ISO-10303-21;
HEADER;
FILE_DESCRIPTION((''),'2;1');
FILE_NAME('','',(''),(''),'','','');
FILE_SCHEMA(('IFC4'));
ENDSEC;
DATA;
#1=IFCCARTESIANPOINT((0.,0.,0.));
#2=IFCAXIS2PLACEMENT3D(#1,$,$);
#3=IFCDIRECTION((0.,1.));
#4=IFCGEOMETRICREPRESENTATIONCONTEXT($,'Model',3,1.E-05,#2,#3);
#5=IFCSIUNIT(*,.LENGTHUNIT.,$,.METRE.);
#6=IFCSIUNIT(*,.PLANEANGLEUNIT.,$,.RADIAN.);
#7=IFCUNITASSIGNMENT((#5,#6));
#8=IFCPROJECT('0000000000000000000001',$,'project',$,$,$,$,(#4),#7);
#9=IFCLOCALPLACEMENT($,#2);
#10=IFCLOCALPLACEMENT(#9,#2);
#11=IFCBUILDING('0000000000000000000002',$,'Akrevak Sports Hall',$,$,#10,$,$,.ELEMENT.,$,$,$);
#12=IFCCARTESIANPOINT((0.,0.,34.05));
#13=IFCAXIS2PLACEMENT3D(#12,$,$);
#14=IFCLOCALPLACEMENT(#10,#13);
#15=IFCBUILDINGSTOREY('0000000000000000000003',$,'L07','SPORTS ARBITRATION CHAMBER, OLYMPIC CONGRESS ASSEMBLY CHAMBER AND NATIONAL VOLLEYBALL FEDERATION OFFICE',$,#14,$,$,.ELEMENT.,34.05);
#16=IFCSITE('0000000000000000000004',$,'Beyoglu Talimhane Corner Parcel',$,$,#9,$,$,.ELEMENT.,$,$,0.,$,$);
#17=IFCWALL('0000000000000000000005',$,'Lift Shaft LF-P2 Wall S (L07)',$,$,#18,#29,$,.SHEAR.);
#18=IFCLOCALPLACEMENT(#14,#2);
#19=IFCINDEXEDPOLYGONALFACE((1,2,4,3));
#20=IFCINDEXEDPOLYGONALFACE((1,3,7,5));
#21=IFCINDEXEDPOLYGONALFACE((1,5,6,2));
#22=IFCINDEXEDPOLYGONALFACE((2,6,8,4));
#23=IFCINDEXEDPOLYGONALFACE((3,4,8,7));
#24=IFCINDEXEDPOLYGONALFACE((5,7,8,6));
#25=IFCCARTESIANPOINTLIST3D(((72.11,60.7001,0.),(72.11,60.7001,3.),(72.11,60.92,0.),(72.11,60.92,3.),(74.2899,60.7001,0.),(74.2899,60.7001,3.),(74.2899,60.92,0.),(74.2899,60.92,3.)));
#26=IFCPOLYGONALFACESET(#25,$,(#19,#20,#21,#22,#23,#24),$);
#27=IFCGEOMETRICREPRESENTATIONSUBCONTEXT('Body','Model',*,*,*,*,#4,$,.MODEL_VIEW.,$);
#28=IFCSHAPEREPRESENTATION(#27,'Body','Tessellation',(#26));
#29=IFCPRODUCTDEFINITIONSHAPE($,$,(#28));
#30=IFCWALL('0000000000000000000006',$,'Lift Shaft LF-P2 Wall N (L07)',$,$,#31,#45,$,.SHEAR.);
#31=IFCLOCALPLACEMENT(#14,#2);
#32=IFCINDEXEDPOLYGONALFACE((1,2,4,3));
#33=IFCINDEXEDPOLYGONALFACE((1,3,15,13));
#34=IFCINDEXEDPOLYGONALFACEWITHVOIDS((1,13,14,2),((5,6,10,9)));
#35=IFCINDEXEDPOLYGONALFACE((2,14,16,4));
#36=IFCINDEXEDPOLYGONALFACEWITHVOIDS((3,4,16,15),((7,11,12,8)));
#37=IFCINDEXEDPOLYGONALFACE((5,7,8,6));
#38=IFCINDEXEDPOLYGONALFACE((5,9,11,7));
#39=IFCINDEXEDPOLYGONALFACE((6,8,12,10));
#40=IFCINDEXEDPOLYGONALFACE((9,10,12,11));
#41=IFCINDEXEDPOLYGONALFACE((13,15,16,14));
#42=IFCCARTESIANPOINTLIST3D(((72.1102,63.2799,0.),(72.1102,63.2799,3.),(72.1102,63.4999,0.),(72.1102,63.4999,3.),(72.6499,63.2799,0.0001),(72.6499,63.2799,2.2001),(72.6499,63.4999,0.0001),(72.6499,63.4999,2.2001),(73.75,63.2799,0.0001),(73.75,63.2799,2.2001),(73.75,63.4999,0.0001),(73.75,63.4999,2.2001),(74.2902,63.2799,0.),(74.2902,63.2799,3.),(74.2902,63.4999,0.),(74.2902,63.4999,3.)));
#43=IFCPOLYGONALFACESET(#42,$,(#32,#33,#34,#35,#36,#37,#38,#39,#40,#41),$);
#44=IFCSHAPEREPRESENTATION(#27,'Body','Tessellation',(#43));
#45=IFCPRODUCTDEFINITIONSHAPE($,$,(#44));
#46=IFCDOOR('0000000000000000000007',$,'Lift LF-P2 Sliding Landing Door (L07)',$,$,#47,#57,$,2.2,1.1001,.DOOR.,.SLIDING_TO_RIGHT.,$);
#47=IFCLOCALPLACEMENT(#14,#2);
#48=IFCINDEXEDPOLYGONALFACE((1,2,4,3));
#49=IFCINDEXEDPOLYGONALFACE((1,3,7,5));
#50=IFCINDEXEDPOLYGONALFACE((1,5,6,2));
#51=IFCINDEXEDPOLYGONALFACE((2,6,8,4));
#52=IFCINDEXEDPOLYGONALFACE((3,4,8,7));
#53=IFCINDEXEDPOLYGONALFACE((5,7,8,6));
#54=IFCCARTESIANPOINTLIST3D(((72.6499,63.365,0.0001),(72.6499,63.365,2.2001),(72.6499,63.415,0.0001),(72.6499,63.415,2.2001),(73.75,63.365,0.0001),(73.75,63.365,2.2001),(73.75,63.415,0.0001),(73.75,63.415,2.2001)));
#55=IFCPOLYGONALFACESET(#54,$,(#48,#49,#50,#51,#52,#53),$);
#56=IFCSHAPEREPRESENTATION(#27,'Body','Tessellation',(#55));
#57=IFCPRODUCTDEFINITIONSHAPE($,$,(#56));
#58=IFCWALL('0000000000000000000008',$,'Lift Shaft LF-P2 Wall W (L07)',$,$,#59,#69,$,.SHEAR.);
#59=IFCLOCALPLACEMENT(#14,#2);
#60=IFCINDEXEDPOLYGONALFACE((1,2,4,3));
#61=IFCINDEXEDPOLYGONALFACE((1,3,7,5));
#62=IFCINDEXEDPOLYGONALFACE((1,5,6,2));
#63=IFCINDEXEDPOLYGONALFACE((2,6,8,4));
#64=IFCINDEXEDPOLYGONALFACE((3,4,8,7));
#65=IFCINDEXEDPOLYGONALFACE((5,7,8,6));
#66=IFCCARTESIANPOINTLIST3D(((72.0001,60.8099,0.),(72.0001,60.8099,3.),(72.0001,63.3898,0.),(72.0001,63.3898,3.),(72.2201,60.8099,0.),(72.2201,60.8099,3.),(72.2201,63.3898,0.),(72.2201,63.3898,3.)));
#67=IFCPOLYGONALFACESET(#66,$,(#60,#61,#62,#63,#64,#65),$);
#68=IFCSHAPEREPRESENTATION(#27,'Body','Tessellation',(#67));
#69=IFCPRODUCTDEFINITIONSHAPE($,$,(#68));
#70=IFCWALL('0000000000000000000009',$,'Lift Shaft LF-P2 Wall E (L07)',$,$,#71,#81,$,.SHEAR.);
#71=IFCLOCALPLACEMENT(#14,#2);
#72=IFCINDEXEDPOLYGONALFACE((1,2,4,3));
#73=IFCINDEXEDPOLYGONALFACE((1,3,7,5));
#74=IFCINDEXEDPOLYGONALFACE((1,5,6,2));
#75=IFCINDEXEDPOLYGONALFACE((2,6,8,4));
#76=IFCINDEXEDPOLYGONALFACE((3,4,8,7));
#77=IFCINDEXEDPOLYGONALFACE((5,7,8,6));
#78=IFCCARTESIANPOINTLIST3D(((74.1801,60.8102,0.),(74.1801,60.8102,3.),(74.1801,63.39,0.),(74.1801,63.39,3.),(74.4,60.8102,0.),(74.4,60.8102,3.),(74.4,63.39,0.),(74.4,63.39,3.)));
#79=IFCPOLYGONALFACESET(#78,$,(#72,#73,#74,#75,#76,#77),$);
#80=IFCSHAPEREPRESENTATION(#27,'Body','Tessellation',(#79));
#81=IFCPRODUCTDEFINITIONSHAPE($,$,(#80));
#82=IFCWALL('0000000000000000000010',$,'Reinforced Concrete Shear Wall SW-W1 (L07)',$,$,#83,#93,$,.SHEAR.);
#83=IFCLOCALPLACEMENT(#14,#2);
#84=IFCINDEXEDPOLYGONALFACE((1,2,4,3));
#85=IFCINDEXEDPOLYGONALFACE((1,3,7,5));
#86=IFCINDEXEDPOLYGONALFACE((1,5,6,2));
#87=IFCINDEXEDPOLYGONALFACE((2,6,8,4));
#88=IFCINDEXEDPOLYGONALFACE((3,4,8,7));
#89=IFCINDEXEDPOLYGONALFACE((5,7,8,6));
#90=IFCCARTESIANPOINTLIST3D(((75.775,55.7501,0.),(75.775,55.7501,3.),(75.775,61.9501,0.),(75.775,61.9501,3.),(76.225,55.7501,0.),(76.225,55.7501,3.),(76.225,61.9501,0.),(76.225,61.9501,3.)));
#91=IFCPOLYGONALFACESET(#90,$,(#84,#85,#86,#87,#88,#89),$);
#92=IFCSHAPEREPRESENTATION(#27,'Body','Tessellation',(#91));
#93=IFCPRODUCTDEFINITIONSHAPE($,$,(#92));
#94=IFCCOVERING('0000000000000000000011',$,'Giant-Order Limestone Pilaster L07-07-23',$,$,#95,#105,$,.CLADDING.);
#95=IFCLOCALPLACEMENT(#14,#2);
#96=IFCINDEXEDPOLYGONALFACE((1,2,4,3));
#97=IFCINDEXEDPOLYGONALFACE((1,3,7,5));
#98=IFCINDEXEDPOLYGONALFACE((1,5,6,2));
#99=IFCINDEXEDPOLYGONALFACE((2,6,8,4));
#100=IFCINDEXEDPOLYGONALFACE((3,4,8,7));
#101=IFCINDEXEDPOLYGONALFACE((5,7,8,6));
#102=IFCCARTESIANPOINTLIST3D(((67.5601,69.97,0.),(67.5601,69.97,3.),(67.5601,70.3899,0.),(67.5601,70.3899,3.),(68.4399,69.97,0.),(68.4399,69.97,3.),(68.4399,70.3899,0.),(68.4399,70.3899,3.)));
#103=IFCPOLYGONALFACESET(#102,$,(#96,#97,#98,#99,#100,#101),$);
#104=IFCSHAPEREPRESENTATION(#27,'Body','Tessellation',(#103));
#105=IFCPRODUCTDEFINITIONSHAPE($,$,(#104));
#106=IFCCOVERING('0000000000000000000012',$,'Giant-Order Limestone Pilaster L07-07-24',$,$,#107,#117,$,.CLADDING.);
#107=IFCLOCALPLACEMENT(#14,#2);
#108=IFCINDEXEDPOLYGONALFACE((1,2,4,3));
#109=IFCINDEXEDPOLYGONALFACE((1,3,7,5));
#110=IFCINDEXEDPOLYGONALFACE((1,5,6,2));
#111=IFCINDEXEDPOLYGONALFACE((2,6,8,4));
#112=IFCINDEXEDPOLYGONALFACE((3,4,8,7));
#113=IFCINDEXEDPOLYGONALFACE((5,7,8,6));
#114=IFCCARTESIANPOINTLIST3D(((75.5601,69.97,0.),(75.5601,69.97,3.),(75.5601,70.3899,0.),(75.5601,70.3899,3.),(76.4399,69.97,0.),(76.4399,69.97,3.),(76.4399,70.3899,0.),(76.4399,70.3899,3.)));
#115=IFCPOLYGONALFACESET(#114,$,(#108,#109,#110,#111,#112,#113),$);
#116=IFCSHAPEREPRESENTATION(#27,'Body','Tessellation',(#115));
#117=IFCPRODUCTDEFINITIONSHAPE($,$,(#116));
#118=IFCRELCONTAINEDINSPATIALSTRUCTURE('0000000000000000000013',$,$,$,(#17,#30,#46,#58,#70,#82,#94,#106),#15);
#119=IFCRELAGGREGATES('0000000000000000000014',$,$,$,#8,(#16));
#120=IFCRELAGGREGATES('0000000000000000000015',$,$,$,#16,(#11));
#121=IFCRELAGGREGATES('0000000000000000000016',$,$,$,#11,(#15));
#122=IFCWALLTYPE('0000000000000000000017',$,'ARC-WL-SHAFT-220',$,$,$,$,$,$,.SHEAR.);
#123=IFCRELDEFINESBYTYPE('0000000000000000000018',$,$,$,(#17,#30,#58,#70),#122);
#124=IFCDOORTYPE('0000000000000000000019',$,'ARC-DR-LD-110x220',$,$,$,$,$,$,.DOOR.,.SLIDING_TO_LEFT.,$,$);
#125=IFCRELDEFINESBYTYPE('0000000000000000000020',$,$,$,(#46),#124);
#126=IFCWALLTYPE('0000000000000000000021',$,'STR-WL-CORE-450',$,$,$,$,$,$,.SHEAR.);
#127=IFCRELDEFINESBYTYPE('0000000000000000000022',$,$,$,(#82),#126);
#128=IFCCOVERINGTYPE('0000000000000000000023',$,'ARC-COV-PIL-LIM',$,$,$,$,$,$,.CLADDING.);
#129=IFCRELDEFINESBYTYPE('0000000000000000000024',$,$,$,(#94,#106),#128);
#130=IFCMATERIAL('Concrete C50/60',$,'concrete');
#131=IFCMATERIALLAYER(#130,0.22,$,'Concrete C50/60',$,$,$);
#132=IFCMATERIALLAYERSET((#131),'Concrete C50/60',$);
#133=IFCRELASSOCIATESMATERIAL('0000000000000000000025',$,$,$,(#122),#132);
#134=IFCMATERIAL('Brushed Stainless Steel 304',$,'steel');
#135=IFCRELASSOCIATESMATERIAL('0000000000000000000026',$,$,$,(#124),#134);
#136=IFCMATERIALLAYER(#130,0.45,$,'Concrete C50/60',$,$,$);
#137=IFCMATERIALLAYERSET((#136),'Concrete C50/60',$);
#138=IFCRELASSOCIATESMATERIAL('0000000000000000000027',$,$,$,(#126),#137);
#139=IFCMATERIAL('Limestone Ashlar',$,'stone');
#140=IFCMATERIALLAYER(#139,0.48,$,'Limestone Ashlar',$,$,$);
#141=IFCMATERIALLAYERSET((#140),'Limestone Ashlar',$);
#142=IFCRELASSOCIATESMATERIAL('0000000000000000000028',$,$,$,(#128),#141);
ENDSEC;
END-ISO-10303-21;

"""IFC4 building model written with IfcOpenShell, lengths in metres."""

from ifc_helpers import new_model, si_unit, direction, frame, frame_2d, origin, origin_2d, place, context, subcontext, project, spatial, rectangle, extrude, material, layer, layer_set, type_object, element, fill, save


model = new_model("IFC4")

# Units and contexts
model_context = context("Model", 3, precision=1e-05, world=origin(), true_north=direction((0.0, 1.0)))
body_context = subcontext(model_context, "Body", "Model", "MODEL_VIEW")
ifc_project = project(units=[si_unit("LENGTHUNIT", "METRE"), si_unit("PLANEANGLEUNIT", "RADIAN")], contexts=[model_context])

# Site, building, storey
site_placement = place(None, origin())
site = spatial("IfcSite", under=ifc_project, at=site_placement, Name="Beyoglu Talimhane Corner Parcel", CompositionType="ELEMENT", RefElevation=0.0)
building_placement = place(site_placement, origin())
building = spatial("IfcBuilding", under=site, at=building_placement, Name="Akrevak Sports Hall", CompositionType="ELEMENT")
storey_placement = place(building_placement, frame((0.0, 0.0, 34.05)))
storey = spatial("IfcBuildingStorey", under=building, at=storey_placement, Name="L07", Description="SPORTS ARBITRATION CHAMBER, OLYMPIC CONGRESS ASSEMBLY CHAMBER AND NATIONAL VOLLEYBALL FEDERATION OFFICE", CompositionType="ELEMENT", Elevation=34.05)

# Shared definitions
ifc_material_1 = material(Name="Concrete C50/60", Category="concrete")
ifc_layer_1 = layer(ifc_material_1, 0.22, Name="Concrete C50/60")
ifc_layer_set_1 = layer_set([ifc_layer_1], Name="Concrete C50/60")
wall_type_1 = type_object("IfcWallType", Name="ARC-WL-SHAFT-220", PredefinedType="SHEAR", material=ifc_layer_set_1)

# Shared definitions
ifc_material_2 = material(Name="Brushed Stainless Steel 304", Category="steel")
door_type_1 = type_object("IfcDoorType", Name="ARC-DR-LD-110x220", OperationType="SLIDING_TO_LEFT", PredefinedType="DOOR", material=ifc_material_2)

# Wall
wall_1_placement = place(storey_placement, frame((72.1101, 60.8101, 0.0), z_axis=(0.0, 0.0, 1.0), x_axis=(1.0, 0.0, 0.0)))
element("IfcWall", 1, at=wall_1_placement, inside=storey, type_object=wall_type_1, Name="Lift Shaft LF-P2 Wall S (L07)", PredefinedType="SHEAR", context=body_context, shape_type="SweptSolid", body=[
    extrude(rectangle(XDim=2.1799, YDim=0.22, at=frame_2d((1.0898, 0.0))), origin(), (0.0, 0.0, 1.0), 3.0),
])

# Wall, opening, door
wall_2_placement = place(storey_placement, frame((74.29, 63.3899, 0.0), z_axis=(0.0, 0.0, 1.0), x_axis=(-1.0, 0.0, 0.0)))
wall_2 = element("IfcWall", 2, at=wall_2_placement, inside=storey, type_object=wall_type_1, Name="Lift Shaft LF-P2 Wall N (L07)", PredefinedType="SHEAR", context=body_context, shape_type="SweptSolid", body=[
    extrude(rectangle(XDim=2.1799, YDim=0.22, at=frame_2d((1.0898, 0.0))), origin(), (0.0, 0.0, 1.0), 3.0),
])
opening_1_placement = place(wall_2_placement, frame((0.54, 0.0, 0.0)))
opening_1 = element("IfcOpeningElement", 3, at=opening_1_placement, cuts=wall_2, PredefinedType="OPENING", context=body_context, shape_type="SweptSolid", body=[
    extrude(rectangle(XDim=1.1001, YDim=2.2, at=frame_2d((0.55, 1.1001))), frame((0.0, 0.1221, 0.0), z_axis=(0.0, -1.0, 0.0), x_axis=(1.0, 0.0, 0.0)), (0.0, 0.0, 1.0), 0.2439),
])
door_1_placement = place(opening_1_placement, origin())
door_1 = element("IfcDoor", 4, at=door_1_placement, inside=storey, type_object=door_type_1, Name="Lift LF-P2 Sliding Landing Door (L07)", OperationType="SLIDING_TO_RIGHT", OverallHeight=2.2, OverallWidth=1.1001, PredefinedType="DOOR", context=body_context, shape_type="SweptSolid", body=[
    extrude(rectangle(XDim=1.1001, YDim=2.2, at=frame_2d((0.55, 1.1001))), frame((0.0, 0.0249, 0.0), z_axis=(0.0, -1.0, 0.0), x_axis=(1.0, 0.0, 0.0)), (0.0, 0.0, 1.0), 0.05),
])
fill(opening_1, door_1)

# Walls
for number, where, z_axis, x_axis, name in (
    (5, (72.1101, 63.3899, 0.0), (0.0, 0.0, 1.0), (0.0, -1.0, 0.0), "Lift Shaft LF-P2 Wall W (L07)"),
    (6, (74.29, 60.8101, 0.0), (0.0, 0.0, 1.0), (0.0, 1.0, 0.0), "Lift Shaft LF-P2 Wall E (L07)"),
):
    element("IfcWall", number, at=place(storey_placement, frame(where, z_axis=z_axis, x_axis=x_axis)), inside=storey, type_object=wall_type_1, Name=name, PredefinedType="SHEAR", context=body_context, shape_type="SweptSolid", body=[
        extrude(rectangle(XDim=2.5798, YDim=0.22, at=frame_2d((1.29, 0.0))), origin(), (0.0, 0.0, 1.0), 3.0),
    ])
ifc_layer_2 = layer(ifc_material_1, 0.45, Name="Concrete C50/60")
ifc_layer_set_2 = layer_set([ifc_layer_2], Name="Concrete C50/60")
wall_type_2 = type_object("IfcWallType", Name="STR-WL-CORE-450", PredefinedType="SHEAR", material=ifc_layer_set_2)
wall_3_placement = place(storey_placement, frame((76.0, 55.75, 0.0), z_axis=(0.0, 0.0, 1.0), x_axis=(0.0, 1.0, 0.0)))
element("IfcWall", 7, at=wall_3_placement, inside=storey, type_object=wall_type_2, Name="Reinforced Concrete Shear Wall SW-W1 (L07)", PredefinedType="SHEAR", context=body_context, shape_type="SweptSolid", body=[
    extrude(rectangle(XDim=6.2, YDim=0.45, at=frame_2d((3.1001, 0.0))), origin(), (0.0, 0.0, 1.0), 3.0),
])

# Coverings
ifc_material_3 = material(Name="Limestone Ashlar", Category="stone")
ifc_layer_3 = layer(ifc_material_3, 0.48, Name="Limestone Ashlar")
ifc_layer_set_3 = layer_set([ifc_layer_3], Name="Limestone Ashlar")
covering_type = type_object("IfcCoveringType", Name="ARC-COV-PIL-LIM", PredefinedType="CLADDING", material=ifc_layer_set_3)
for number, where, z_axis, x_axis, name in (
    (8, (68.0, 70.1799, 0.0), (0.0, 0.0, 1.0), (-1.0, 0.0, 0.0), "Giant-Order Limestone Pilaster L07-07-23"),
    (9, (76.0, 70.1799, 0.0), (0.0, 0.0, 1.0), (-1.0, 0.0, 0.0), "Giant-Order Limestone Pilaster L07-07-24"),
):
    element("IfcCovering", number, at=place(storey_placement, frame(where, z_axis=z_axis, x_axis=x_axis)), inside=storey, type_object=covering_type, Name=name, PredefinedType="CLADDING", context=body_context, shape_type="SweptSolid", body=[
        extrude(rectangle(XDim=0.8799, YDim=0.4199, at=origin_2d()), origin(), (0.0, 0.0, 1.0), 3.0),
    ])

save(model, "model.ifc")
